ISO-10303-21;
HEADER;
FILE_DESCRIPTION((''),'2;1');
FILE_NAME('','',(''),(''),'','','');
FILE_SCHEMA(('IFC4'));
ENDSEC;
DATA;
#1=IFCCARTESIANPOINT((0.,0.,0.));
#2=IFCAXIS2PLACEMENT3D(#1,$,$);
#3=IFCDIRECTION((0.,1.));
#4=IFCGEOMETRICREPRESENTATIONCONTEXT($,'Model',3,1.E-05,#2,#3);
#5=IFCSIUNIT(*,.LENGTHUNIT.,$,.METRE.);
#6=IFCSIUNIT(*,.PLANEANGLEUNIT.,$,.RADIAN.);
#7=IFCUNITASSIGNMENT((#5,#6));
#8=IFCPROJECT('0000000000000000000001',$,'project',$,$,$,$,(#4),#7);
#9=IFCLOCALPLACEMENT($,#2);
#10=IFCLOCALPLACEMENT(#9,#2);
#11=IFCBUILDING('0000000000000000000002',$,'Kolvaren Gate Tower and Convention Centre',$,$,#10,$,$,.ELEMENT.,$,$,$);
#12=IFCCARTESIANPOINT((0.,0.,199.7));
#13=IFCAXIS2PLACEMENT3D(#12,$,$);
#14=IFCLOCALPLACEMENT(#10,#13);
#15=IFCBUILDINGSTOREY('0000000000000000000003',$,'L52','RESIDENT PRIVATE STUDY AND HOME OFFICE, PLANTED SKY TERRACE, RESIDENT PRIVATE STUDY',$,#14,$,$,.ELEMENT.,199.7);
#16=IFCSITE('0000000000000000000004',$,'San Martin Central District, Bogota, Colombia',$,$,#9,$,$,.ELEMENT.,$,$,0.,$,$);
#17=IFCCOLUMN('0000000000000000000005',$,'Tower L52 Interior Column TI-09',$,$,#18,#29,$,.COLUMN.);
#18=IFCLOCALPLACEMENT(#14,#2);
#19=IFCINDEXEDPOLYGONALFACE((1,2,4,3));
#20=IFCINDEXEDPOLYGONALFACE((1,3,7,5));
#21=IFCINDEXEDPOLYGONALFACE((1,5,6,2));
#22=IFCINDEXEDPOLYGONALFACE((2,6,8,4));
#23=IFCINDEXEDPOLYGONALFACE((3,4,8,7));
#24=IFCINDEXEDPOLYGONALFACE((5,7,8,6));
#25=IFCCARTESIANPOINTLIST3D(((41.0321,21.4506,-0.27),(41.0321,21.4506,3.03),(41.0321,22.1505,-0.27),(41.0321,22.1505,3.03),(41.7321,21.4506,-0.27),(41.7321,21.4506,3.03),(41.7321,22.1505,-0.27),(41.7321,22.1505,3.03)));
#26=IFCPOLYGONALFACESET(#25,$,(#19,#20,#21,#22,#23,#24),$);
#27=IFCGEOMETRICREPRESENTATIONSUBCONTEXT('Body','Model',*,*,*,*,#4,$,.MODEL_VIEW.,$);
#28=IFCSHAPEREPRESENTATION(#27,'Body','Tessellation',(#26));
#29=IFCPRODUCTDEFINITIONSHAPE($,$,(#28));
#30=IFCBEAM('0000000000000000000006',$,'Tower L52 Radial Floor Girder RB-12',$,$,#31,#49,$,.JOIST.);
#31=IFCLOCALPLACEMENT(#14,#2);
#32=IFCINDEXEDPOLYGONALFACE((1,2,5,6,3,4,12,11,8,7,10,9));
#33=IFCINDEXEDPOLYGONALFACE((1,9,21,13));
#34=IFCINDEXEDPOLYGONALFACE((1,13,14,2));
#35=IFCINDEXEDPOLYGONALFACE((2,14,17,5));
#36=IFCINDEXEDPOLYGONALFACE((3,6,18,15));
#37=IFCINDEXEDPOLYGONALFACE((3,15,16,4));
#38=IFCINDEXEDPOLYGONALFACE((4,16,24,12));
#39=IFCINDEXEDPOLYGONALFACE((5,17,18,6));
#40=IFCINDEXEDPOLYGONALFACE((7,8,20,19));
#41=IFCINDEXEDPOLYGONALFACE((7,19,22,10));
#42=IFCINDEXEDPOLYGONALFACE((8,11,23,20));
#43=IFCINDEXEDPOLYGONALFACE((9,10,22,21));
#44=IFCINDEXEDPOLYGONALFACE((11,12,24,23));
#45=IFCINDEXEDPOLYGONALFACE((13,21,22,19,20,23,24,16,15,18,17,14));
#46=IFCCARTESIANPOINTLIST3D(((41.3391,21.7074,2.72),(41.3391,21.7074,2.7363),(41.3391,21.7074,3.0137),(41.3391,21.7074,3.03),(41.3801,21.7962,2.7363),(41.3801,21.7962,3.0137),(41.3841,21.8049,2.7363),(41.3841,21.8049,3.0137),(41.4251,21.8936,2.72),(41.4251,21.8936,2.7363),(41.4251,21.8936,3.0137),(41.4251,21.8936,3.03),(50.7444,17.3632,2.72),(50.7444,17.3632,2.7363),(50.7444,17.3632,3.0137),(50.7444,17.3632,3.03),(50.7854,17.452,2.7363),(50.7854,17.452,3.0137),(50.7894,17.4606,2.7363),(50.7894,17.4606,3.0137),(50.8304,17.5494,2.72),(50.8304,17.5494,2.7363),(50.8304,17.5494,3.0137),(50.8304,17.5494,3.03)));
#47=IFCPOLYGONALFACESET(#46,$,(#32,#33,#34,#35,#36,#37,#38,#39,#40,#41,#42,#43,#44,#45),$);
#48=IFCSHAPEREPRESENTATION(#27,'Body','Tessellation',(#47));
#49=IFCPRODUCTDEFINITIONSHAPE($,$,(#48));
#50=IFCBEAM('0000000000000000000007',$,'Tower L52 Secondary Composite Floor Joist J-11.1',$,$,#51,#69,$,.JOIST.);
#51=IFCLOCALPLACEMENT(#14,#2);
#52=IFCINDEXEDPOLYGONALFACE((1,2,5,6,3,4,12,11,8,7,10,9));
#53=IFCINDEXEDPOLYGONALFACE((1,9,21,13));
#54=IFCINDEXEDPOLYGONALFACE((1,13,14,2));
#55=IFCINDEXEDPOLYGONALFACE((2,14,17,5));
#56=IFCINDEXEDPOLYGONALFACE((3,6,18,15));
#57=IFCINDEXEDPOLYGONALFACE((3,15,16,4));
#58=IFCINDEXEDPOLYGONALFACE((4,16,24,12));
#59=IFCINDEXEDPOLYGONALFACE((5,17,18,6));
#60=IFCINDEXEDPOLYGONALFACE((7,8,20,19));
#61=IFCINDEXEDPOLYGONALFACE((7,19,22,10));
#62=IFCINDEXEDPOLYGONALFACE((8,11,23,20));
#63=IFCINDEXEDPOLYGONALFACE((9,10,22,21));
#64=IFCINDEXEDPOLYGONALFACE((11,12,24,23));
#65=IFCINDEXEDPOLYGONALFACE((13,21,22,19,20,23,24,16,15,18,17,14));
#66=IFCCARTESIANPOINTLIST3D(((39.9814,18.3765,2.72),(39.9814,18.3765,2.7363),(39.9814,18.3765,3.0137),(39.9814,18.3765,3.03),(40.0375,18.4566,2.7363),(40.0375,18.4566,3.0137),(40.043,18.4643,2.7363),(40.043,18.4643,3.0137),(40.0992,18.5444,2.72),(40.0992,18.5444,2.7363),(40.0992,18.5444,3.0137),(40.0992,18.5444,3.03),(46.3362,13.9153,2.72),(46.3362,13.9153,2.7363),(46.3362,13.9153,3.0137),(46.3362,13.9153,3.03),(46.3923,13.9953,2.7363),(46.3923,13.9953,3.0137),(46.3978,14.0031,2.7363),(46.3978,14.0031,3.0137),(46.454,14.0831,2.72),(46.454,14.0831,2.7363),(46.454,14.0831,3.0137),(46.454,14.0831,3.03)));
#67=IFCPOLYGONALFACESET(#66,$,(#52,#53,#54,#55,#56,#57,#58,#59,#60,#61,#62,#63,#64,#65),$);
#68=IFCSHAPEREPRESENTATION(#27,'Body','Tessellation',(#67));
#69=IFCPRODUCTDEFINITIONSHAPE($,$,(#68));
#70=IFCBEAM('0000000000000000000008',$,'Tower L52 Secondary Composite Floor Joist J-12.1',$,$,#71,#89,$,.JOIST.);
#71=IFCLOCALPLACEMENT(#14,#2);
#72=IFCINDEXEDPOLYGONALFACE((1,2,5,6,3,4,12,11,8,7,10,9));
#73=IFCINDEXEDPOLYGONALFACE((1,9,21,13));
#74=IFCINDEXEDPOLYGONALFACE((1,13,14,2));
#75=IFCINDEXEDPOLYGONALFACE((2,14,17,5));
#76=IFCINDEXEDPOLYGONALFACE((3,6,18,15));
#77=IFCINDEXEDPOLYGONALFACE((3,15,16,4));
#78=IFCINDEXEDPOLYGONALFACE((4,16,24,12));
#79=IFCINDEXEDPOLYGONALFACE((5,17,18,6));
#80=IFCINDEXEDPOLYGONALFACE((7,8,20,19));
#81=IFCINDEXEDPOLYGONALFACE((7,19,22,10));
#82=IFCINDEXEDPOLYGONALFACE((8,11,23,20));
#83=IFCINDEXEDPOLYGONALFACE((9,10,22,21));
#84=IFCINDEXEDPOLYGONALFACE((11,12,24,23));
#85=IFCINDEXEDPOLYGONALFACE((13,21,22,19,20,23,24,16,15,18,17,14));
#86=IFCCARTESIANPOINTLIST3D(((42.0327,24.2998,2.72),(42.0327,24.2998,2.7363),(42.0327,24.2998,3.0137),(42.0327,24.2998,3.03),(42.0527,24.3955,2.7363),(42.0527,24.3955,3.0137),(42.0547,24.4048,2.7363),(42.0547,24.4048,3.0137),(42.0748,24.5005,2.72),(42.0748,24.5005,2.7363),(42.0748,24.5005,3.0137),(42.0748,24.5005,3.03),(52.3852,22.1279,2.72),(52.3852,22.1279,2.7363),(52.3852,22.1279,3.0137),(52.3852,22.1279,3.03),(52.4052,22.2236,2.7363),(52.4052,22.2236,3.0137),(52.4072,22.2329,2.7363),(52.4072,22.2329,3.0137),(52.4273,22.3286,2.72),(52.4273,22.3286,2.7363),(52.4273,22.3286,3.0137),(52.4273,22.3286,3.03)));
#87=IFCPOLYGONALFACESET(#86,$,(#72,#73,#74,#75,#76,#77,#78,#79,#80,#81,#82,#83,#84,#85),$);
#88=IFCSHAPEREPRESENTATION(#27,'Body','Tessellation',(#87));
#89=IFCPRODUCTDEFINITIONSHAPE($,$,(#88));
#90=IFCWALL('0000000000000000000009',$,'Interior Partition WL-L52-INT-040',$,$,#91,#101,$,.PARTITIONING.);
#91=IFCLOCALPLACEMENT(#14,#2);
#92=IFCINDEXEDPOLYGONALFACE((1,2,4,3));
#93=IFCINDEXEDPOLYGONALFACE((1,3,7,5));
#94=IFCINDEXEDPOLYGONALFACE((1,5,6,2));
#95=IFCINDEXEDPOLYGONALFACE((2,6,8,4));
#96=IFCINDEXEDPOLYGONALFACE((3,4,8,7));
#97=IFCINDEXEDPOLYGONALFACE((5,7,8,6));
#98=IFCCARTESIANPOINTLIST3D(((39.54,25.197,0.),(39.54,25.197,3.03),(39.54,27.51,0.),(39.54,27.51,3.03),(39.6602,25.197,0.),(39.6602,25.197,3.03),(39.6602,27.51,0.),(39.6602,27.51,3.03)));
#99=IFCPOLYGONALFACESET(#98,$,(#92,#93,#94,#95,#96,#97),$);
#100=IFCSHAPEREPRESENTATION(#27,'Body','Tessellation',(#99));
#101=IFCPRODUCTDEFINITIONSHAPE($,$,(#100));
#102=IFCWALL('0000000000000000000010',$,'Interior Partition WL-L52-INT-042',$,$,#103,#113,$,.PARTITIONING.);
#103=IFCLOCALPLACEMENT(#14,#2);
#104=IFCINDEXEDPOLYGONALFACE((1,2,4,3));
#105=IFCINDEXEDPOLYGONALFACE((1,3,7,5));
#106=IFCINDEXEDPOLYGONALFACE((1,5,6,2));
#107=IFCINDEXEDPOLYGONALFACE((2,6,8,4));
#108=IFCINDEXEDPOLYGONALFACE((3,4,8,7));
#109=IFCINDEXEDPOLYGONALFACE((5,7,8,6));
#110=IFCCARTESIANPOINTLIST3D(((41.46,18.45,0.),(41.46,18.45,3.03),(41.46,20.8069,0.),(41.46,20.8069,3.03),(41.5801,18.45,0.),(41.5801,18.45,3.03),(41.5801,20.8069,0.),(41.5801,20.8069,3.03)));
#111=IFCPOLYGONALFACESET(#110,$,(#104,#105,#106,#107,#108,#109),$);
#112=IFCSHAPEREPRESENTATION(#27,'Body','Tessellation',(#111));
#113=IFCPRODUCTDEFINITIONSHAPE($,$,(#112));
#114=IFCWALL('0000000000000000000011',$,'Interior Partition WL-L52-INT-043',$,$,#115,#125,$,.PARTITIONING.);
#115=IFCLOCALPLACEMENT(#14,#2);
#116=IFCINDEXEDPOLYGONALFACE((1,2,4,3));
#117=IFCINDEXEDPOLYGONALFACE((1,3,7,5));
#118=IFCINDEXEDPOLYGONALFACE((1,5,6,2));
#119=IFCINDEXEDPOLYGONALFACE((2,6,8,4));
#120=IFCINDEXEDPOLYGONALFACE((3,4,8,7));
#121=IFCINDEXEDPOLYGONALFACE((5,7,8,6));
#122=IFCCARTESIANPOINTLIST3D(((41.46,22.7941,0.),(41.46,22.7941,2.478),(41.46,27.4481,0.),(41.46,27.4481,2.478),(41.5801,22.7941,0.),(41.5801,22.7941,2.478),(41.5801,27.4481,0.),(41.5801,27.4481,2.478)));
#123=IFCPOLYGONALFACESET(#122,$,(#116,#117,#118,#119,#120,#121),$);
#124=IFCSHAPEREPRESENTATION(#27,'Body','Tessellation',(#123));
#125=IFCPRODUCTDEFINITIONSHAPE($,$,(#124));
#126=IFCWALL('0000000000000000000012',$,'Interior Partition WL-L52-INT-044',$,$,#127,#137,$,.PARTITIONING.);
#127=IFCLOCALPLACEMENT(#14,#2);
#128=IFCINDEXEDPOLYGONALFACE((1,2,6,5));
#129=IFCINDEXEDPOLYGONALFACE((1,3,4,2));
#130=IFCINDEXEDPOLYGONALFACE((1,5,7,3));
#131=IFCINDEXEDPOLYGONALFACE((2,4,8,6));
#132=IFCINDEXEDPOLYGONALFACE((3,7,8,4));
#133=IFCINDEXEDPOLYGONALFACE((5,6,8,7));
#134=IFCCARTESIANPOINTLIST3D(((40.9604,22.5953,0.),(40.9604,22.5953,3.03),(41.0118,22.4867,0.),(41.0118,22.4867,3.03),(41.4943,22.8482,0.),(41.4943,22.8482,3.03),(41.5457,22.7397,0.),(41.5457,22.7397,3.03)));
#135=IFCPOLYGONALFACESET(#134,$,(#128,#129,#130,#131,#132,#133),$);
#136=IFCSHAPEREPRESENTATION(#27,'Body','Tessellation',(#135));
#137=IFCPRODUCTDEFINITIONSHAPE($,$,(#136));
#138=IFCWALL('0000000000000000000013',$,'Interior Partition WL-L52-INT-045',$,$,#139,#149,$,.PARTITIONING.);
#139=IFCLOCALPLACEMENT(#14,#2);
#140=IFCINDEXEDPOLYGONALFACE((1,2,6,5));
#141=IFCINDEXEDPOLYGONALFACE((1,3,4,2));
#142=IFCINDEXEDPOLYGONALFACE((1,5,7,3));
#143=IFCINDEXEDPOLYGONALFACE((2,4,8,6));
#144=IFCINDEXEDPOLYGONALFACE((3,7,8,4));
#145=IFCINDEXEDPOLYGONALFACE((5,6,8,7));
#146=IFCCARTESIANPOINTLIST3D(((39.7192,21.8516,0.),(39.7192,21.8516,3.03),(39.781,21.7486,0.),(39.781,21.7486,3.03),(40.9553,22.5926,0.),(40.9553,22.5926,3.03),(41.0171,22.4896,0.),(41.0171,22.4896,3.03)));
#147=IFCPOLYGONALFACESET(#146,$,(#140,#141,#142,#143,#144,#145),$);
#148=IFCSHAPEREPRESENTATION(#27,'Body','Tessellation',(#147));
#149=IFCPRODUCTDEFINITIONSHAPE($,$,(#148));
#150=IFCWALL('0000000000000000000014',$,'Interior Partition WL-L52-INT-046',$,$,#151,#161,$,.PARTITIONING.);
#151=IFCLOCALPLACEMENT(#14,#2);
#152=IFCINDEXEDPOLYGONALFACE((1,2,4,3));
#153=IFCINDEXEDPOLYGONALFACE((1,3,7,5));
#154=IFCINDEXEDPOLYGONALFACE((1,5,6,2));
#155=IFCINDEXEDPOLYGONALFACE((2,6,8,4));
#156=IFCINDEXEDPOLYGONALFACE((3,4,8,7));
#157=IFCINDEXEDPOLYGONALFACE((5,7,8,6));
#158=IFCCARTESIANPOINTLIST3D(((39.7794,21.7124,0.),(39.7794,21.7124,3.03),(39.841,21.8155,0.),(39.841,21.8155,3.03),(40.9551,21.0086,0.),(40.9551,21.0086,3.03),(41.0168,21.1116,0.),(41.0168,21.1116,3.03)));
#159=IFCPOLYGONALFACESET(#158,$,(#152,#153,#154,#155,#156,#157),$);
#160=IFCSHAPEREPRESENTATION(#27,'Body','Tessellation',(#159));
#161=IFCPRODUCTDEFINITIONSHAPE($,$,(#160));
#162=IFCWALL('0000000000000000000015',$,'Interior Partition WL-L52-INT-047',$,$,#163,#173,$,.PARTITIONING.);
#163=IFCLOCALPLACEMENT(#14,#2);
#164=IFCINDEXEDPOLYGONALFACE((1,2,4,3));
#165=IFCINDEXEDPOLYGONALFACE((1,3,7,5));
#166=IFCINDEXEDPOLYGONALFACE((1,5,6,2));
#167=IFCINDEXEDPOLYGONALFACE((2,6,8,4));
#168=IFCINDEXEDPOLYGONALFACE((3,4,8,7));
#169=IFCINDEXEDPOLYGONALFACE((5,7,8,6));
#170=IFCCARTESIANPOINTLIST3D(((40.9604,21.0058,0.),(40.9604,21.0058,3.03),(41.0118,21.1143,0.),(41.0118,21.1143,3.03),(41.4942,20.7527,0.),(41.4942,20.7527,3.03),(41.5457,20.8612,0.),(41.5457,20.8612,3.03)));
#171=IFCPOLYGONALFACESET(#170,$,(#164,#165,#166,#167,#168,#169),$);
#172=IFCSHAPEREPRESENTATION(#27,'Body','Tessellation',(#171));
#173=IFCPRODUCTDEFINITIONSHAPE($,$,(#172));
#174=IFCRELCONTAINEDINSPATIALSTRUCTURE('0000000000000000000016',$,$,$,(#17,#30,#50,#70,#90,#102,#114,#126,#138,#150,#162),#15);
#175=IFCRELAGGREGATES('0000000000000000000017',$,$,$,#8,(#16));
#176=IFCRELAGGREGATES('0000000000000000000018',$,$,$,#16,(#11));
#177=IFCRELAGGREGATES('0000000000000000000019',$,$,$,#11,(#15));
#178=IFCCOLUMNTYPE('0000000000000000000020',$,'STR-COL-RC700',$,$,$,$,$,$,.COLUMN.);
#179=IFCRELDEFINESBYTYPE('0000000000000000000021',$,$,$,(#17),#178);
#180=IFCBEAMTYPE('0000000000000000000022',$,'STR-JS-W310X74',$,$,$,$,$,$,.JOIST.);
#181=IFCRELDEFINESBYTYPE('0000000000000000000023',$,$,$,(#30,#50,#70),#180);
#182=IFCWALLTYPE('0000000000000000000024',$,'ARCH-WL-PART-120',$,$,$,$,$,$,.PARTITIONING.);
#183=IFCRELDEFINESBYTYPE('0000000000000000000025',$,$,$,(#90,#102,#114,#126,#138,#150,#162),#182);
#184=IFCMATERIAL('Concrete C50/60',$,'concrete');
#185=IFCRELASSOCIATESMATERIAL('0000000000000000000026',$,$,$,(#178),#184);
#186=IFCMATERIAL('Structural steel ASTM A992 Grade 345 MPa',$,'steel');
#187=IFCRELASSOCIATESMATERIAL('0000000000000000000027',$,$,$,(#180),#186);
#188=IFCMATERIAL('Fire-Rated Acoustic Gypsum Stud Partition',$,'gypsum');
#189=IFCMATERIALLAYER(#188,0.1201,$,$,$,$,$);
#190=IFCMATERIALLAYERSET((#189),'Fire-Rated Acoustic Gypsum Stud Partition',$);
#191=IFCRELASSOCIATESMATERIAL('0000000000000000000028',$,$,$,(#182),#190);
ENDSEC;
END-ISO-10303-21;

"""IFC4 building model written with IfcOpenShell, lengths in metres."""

from ifc_helpers import new_model, si_unit, direction, frame, frame_2d, origin, origin_2d, place, context, subcontext, project, spatial, rectangle, i_section, extrude, material, layer, layer_set, material_profile, profile_set, type_object, element, save


model = new_model("IFC4")

# Units and contexts
model_context = context("Model", 3, precision=1e-05, world=origin(), true_north=direction((0.0, 1.0)))
body_context = subcontext(model_context, "Body", "Model", "MODEL_VIEW")
ifc_project = project(units=[si_unit("LENGTHUNIT", "METRE"), si_unit("PLANEANGLEUNIT", "RADIAN")], contexts=[model_context])

# Site, building, storey
site_placement = place(None, origin())
site = spatial("IfcSite", under=ifc_project, at=site_placement, Name="San Martin Central District, Bogota, Colombia", CompositionType="ELEMENT", RefElevation=0.0)
building_placement = place(site_placement, origin())
building = spatial("IfcBuilding", under=site, at=building_placement, Name="Kolvaren Gate Tower and Convention Centre", CompositionType="ELEMENT")
storey_placement = place(building_placement, frame((0.0, 0.0, 199.7)))
storey = spatial("IfcBuildingStorey", under=building, at=storey_placement, Name="L52", Description="RESIDENT PRIVATE STUDY AND HOME OFFICE, PLANTED SKY TERRACE, RESIDENT PRIVATE STUDY", CompositionType="ELEMENT", Elevation=199.7)

# Column
ifc_material_1 = material(Name="Concrete C50/60", Category="concrete")
ifc_material_profile_1 = material_profile(ifc_material_1, rectangle(XDim=0.7, YDim=0.7, at=origin_2d()), Name="RC-COL-700X700")
ifc_profile_set_1 = profile_set([ifc_material_profile_1], Name="Concrete C50/60")
column_type = type_object("IfcColumnType", Name="STR-COL-RC700", PredefinedType="COLUMN", material=ifc_profile_set_1)
column_placement = place(storey_placement, frame((41.3821, 21.8005, -0.27), z_axis=(0.0, 0.0, 1.0), x_axis=(1.0, 0.0, 0.0)))
element("IfcColumn", 1, at=column_placement, inside=storey, type_object=column_type, Name="Tower L52 Interior Column TI-09", PredefinedType="COLUMN", context=body_context, shape_type="SweptSolid", body=[
    extrude(rectangle(XDim=0.7, YDim=0.7, at=origin_2d()), origin(), (0.0, 0.0, 1.0), 3.3),
])

# Beams
ifc_material_2 = material(Name="Structural steel ASTM A992 Grade 345 MPa", Category="steel")
ifc_material_profile_2 = material_profile(ifc_material_2, i_section(OverallWidth=0.2051, OverallDepth=0.3101, WebThickness=0.0095, FlangeThickness=0.0164, at=origin_2d()), Name="W310X74")
ifc_profile_set_2 = profile_set([ifc_material_profile_2], Name="Structural steel ASTM A992 Grade 345 MPa")
beam_type = type_object("IfcBeamType", Name="STR-JS-W310X74", PredefinedType="JOIST", material=ifc_profile_set_2)
beam_1_placement = place(storey_placement, frame((41.3821, 21.8005, 2.875), z_axis=(0.907837, -0.419324, 0.0), x_axis=(0.419324, 0.907837, 0.0)))
element("IfcBeam", 2, at=beam_1_placement, inside=storey, type_object=beam_type, Name="Tower L52 Radial Floor Girder RB-12", PredefinedType="JOIST", context=body_context, shape_type="SweptSolid", body=[
    extrude(i_section(OverallWidth=0.2051, OverallDepth=0.3101, WebThickness=0.0095, FlangeThickness=0.0164, at=origin_2d()), origin(), (0.0, 0.0, 1.0), 10.3601),
])
beam_2_placement = place(storey_placement, frame((40.0403, 18.4604, 2.875), z_axis=(0.818453, -0.574574, 0.0), x_axis=(0.574574, 0.818453, 0.0)))
element("IfcBeam", 3, at=beam_2_placement, inside=storey, type_object=beam_type, Name="Tower L52 Secondary Composite Floor Joist J-11.1", PredefinedType="JOIST", context=body_context, shape_type="SweptSolid", body=[
    extrude(i_section(OverallWidth=0.2051, OverallDepth=0.3101, WebThickness=0.0095, FlangeThickness=0.0164, at=origin_2d()), origin(), (0.0, 0.0, 1.0), 7.7644),
])
beam_3_placement = place(storey_placement, frame((42.0537, 24.4001, 2.875), z_axis=(0.978695, -0.205322, 0.0), x_axis=(0.205322, 0.978695, 0.0)))
element("IfcBeam", 4, at=beam_3_placement, inside=storey, type_object=beam_type, Name="Tower L52 Secondary Composite Floor Joist J-12.1", PredefinedType="JOIST", context=body_context, shape_type="SweptSolid", body=[
    extrude(i_section(OverallWidth=0.2051, OverallDepth=0.3101, WebThickness=0.0095, FlangeThickness=0.0164, at=origin_2d()), origin(), (0.0, 0.0, 1.0), 10.5779),
])

# Walls
ifc_material_3 = material(Name="Fire-Rated Acoustic Gypsum Stud Partition", Category="gypsum")
ifc_layer_1 = layer(ifc_material_3, 0.1201)
ifc_layer_set_1 = layer_set([ifc_layer_1], Name="Fire-Rated Acoustic Gypsum Stud Partition")
wall_type_1 = type_object("IfcWallType", Name="ARCH-WL-PART-120", PredefinedType="PARTITIONING", material=ifc_layer_set_1)
wall_1_placement = place(storey_placement, frame((39.6001, 25.197, 0.0), z_axis=(0.0, 0.0, 1.0), x_axis=(0.0, 1.0, 0.0)))
element("IfcWall", 5, at=wall_1_placement, inside=storey, type_object=wall_type_1, Name="Interior Partition WL-L52-INT-040", PredefinedType="PARTITIONING", context=body_context, shape_type="SweptSolid", body=[
    extrude(rectangle(XDim=2.313, YDim=0.1201, at=frame_2d((1.1565, 0.0))), origin(), (0.0, 0.0, 1.0), 3.03),
])
wall_2_placement = place(storey_placement, frame((41.52, 18.45, 0.0), z_axis=(0.0, 0.0, 1.0), x_axis=(0.0, 1.0, 0.0)))
element("IfcWall", 6, at=wall_2_placement, inside=storey, type_object=wall_type_1, Name="Interior Partition WL-L52-INT-042", PredefinedType="PARTITIONING", context=body_context, shape_type="SweptSolid", body=[
    extrude(rectangle(XDim=2.3569, YDim=0.1201, at=frame_2d((1.1785, 0.0))), origin(), (0.0, 0.0, 1.0), 3.03),
])
wall_3_placement = place(storey_placement, frame((41.52, 22.7939, 0.0), z_axis=(0.0, 0.0, 1.0), x_axis=(0.0, 1.0, 0.0)))
element("IfcWall", 7, at=wall_3_placement, inside=storey, type_object=wall_type_1, Name="Interior Partition WL-L52-INT-043", PredefinedType="PARTITIONING", context=body_context, shape_type="SweptSolid", body=[
    extrude(rectangle(XDim=4.6541, YDim=0.1201, at=frame_2d((2.3271, 0.0))), origin(), (0.0, 0.0, 1.0), 2.478),
])
wall_4_placement = place(storey_placement, frame((40.9861, 22.541, 0.0), z_axis=(0.0, 0.0, 1.0), x_axis=(0.903729, 0.428104, 0.0)))
element("IfcWall", 8, at=wall_4_placement, inside=storey, type_object=wall_type_1, Name="Interior Partition WL-L52-INT-044", PredefinedType="PARTITIONING", context=body_context, shape_type="SweptSolid", body=[
    extrude(rectangle(XDim=0.5908, YDim=0.1201, at=frame_2d((0.2954, 0.0))), origin(), (0.0, 0.0, 1.0), 3.03),
])
wall_5_placement = place(storey_placement, frame((39.75, 21.8, 0.0), z_axis=(0.0, 0.0, 1.0), x_axis=(0.857702, 0.514147, 0.0)))
element("IfcWall", 9, at=wall_5_placement, inside=storey, type_object=wall_type_1, Name="Interior Partition WL-L52-INT-045", PredefinedType="PARTITIONING", context=body_context, shape_type="SweptSolid", body=[
    extrude(rectangle(XDim=1.4412, YDim=0.1201, at=frame_2d((0.7207, 0.0))), origin(), (0.0, 0.0, 1.0), 3.03),
])
wall_6_placement = place(storey_placement, frame((39.8103, 21.7639, 0.0), z_axis=(0.0, 0.0, 1.0), x_axis=(0.858011, -0.513631, 0.0)))
element("IfcWall", 10, at=wall_6_placement, inside=storey, type_object=wall_type_1, Name="Interior Partition WL-L52-INT-046", PredefinedType="PARTITIONING", context=body_context, shape_type="SweptSolid", body=[
    extrude(rectangle(XDim=1.3704, YDim=0.1201, at=frame_2d((0.6851, 0.0))), origin(), (0.0, 0.0, 1.0), 3.03),
])
wall_7_placement = place(storey_placement, frame((40.9861, 21.0601, 0.0), z_axis=(0.0, 0.0, 1.0), x_axis=(0.90357, -0.428442, 0.0)))
element("IfcWall", 11, at=wall_7_placement, inside=storey, type_object=wall_type_1, Name="Interior Partition WL-L52-INT-047", PredefinedType="PARTITIONING", context=body_context, shape_type="SweptSolid", body=[
    extrude(rectangle(XDim=0.5908, YDim=0.1201, at=frame_2d((0.2954, 0.0))), origin(), (0.0, 0.0, 1.0), 3.03),
])

save(model, "model.ifc")
